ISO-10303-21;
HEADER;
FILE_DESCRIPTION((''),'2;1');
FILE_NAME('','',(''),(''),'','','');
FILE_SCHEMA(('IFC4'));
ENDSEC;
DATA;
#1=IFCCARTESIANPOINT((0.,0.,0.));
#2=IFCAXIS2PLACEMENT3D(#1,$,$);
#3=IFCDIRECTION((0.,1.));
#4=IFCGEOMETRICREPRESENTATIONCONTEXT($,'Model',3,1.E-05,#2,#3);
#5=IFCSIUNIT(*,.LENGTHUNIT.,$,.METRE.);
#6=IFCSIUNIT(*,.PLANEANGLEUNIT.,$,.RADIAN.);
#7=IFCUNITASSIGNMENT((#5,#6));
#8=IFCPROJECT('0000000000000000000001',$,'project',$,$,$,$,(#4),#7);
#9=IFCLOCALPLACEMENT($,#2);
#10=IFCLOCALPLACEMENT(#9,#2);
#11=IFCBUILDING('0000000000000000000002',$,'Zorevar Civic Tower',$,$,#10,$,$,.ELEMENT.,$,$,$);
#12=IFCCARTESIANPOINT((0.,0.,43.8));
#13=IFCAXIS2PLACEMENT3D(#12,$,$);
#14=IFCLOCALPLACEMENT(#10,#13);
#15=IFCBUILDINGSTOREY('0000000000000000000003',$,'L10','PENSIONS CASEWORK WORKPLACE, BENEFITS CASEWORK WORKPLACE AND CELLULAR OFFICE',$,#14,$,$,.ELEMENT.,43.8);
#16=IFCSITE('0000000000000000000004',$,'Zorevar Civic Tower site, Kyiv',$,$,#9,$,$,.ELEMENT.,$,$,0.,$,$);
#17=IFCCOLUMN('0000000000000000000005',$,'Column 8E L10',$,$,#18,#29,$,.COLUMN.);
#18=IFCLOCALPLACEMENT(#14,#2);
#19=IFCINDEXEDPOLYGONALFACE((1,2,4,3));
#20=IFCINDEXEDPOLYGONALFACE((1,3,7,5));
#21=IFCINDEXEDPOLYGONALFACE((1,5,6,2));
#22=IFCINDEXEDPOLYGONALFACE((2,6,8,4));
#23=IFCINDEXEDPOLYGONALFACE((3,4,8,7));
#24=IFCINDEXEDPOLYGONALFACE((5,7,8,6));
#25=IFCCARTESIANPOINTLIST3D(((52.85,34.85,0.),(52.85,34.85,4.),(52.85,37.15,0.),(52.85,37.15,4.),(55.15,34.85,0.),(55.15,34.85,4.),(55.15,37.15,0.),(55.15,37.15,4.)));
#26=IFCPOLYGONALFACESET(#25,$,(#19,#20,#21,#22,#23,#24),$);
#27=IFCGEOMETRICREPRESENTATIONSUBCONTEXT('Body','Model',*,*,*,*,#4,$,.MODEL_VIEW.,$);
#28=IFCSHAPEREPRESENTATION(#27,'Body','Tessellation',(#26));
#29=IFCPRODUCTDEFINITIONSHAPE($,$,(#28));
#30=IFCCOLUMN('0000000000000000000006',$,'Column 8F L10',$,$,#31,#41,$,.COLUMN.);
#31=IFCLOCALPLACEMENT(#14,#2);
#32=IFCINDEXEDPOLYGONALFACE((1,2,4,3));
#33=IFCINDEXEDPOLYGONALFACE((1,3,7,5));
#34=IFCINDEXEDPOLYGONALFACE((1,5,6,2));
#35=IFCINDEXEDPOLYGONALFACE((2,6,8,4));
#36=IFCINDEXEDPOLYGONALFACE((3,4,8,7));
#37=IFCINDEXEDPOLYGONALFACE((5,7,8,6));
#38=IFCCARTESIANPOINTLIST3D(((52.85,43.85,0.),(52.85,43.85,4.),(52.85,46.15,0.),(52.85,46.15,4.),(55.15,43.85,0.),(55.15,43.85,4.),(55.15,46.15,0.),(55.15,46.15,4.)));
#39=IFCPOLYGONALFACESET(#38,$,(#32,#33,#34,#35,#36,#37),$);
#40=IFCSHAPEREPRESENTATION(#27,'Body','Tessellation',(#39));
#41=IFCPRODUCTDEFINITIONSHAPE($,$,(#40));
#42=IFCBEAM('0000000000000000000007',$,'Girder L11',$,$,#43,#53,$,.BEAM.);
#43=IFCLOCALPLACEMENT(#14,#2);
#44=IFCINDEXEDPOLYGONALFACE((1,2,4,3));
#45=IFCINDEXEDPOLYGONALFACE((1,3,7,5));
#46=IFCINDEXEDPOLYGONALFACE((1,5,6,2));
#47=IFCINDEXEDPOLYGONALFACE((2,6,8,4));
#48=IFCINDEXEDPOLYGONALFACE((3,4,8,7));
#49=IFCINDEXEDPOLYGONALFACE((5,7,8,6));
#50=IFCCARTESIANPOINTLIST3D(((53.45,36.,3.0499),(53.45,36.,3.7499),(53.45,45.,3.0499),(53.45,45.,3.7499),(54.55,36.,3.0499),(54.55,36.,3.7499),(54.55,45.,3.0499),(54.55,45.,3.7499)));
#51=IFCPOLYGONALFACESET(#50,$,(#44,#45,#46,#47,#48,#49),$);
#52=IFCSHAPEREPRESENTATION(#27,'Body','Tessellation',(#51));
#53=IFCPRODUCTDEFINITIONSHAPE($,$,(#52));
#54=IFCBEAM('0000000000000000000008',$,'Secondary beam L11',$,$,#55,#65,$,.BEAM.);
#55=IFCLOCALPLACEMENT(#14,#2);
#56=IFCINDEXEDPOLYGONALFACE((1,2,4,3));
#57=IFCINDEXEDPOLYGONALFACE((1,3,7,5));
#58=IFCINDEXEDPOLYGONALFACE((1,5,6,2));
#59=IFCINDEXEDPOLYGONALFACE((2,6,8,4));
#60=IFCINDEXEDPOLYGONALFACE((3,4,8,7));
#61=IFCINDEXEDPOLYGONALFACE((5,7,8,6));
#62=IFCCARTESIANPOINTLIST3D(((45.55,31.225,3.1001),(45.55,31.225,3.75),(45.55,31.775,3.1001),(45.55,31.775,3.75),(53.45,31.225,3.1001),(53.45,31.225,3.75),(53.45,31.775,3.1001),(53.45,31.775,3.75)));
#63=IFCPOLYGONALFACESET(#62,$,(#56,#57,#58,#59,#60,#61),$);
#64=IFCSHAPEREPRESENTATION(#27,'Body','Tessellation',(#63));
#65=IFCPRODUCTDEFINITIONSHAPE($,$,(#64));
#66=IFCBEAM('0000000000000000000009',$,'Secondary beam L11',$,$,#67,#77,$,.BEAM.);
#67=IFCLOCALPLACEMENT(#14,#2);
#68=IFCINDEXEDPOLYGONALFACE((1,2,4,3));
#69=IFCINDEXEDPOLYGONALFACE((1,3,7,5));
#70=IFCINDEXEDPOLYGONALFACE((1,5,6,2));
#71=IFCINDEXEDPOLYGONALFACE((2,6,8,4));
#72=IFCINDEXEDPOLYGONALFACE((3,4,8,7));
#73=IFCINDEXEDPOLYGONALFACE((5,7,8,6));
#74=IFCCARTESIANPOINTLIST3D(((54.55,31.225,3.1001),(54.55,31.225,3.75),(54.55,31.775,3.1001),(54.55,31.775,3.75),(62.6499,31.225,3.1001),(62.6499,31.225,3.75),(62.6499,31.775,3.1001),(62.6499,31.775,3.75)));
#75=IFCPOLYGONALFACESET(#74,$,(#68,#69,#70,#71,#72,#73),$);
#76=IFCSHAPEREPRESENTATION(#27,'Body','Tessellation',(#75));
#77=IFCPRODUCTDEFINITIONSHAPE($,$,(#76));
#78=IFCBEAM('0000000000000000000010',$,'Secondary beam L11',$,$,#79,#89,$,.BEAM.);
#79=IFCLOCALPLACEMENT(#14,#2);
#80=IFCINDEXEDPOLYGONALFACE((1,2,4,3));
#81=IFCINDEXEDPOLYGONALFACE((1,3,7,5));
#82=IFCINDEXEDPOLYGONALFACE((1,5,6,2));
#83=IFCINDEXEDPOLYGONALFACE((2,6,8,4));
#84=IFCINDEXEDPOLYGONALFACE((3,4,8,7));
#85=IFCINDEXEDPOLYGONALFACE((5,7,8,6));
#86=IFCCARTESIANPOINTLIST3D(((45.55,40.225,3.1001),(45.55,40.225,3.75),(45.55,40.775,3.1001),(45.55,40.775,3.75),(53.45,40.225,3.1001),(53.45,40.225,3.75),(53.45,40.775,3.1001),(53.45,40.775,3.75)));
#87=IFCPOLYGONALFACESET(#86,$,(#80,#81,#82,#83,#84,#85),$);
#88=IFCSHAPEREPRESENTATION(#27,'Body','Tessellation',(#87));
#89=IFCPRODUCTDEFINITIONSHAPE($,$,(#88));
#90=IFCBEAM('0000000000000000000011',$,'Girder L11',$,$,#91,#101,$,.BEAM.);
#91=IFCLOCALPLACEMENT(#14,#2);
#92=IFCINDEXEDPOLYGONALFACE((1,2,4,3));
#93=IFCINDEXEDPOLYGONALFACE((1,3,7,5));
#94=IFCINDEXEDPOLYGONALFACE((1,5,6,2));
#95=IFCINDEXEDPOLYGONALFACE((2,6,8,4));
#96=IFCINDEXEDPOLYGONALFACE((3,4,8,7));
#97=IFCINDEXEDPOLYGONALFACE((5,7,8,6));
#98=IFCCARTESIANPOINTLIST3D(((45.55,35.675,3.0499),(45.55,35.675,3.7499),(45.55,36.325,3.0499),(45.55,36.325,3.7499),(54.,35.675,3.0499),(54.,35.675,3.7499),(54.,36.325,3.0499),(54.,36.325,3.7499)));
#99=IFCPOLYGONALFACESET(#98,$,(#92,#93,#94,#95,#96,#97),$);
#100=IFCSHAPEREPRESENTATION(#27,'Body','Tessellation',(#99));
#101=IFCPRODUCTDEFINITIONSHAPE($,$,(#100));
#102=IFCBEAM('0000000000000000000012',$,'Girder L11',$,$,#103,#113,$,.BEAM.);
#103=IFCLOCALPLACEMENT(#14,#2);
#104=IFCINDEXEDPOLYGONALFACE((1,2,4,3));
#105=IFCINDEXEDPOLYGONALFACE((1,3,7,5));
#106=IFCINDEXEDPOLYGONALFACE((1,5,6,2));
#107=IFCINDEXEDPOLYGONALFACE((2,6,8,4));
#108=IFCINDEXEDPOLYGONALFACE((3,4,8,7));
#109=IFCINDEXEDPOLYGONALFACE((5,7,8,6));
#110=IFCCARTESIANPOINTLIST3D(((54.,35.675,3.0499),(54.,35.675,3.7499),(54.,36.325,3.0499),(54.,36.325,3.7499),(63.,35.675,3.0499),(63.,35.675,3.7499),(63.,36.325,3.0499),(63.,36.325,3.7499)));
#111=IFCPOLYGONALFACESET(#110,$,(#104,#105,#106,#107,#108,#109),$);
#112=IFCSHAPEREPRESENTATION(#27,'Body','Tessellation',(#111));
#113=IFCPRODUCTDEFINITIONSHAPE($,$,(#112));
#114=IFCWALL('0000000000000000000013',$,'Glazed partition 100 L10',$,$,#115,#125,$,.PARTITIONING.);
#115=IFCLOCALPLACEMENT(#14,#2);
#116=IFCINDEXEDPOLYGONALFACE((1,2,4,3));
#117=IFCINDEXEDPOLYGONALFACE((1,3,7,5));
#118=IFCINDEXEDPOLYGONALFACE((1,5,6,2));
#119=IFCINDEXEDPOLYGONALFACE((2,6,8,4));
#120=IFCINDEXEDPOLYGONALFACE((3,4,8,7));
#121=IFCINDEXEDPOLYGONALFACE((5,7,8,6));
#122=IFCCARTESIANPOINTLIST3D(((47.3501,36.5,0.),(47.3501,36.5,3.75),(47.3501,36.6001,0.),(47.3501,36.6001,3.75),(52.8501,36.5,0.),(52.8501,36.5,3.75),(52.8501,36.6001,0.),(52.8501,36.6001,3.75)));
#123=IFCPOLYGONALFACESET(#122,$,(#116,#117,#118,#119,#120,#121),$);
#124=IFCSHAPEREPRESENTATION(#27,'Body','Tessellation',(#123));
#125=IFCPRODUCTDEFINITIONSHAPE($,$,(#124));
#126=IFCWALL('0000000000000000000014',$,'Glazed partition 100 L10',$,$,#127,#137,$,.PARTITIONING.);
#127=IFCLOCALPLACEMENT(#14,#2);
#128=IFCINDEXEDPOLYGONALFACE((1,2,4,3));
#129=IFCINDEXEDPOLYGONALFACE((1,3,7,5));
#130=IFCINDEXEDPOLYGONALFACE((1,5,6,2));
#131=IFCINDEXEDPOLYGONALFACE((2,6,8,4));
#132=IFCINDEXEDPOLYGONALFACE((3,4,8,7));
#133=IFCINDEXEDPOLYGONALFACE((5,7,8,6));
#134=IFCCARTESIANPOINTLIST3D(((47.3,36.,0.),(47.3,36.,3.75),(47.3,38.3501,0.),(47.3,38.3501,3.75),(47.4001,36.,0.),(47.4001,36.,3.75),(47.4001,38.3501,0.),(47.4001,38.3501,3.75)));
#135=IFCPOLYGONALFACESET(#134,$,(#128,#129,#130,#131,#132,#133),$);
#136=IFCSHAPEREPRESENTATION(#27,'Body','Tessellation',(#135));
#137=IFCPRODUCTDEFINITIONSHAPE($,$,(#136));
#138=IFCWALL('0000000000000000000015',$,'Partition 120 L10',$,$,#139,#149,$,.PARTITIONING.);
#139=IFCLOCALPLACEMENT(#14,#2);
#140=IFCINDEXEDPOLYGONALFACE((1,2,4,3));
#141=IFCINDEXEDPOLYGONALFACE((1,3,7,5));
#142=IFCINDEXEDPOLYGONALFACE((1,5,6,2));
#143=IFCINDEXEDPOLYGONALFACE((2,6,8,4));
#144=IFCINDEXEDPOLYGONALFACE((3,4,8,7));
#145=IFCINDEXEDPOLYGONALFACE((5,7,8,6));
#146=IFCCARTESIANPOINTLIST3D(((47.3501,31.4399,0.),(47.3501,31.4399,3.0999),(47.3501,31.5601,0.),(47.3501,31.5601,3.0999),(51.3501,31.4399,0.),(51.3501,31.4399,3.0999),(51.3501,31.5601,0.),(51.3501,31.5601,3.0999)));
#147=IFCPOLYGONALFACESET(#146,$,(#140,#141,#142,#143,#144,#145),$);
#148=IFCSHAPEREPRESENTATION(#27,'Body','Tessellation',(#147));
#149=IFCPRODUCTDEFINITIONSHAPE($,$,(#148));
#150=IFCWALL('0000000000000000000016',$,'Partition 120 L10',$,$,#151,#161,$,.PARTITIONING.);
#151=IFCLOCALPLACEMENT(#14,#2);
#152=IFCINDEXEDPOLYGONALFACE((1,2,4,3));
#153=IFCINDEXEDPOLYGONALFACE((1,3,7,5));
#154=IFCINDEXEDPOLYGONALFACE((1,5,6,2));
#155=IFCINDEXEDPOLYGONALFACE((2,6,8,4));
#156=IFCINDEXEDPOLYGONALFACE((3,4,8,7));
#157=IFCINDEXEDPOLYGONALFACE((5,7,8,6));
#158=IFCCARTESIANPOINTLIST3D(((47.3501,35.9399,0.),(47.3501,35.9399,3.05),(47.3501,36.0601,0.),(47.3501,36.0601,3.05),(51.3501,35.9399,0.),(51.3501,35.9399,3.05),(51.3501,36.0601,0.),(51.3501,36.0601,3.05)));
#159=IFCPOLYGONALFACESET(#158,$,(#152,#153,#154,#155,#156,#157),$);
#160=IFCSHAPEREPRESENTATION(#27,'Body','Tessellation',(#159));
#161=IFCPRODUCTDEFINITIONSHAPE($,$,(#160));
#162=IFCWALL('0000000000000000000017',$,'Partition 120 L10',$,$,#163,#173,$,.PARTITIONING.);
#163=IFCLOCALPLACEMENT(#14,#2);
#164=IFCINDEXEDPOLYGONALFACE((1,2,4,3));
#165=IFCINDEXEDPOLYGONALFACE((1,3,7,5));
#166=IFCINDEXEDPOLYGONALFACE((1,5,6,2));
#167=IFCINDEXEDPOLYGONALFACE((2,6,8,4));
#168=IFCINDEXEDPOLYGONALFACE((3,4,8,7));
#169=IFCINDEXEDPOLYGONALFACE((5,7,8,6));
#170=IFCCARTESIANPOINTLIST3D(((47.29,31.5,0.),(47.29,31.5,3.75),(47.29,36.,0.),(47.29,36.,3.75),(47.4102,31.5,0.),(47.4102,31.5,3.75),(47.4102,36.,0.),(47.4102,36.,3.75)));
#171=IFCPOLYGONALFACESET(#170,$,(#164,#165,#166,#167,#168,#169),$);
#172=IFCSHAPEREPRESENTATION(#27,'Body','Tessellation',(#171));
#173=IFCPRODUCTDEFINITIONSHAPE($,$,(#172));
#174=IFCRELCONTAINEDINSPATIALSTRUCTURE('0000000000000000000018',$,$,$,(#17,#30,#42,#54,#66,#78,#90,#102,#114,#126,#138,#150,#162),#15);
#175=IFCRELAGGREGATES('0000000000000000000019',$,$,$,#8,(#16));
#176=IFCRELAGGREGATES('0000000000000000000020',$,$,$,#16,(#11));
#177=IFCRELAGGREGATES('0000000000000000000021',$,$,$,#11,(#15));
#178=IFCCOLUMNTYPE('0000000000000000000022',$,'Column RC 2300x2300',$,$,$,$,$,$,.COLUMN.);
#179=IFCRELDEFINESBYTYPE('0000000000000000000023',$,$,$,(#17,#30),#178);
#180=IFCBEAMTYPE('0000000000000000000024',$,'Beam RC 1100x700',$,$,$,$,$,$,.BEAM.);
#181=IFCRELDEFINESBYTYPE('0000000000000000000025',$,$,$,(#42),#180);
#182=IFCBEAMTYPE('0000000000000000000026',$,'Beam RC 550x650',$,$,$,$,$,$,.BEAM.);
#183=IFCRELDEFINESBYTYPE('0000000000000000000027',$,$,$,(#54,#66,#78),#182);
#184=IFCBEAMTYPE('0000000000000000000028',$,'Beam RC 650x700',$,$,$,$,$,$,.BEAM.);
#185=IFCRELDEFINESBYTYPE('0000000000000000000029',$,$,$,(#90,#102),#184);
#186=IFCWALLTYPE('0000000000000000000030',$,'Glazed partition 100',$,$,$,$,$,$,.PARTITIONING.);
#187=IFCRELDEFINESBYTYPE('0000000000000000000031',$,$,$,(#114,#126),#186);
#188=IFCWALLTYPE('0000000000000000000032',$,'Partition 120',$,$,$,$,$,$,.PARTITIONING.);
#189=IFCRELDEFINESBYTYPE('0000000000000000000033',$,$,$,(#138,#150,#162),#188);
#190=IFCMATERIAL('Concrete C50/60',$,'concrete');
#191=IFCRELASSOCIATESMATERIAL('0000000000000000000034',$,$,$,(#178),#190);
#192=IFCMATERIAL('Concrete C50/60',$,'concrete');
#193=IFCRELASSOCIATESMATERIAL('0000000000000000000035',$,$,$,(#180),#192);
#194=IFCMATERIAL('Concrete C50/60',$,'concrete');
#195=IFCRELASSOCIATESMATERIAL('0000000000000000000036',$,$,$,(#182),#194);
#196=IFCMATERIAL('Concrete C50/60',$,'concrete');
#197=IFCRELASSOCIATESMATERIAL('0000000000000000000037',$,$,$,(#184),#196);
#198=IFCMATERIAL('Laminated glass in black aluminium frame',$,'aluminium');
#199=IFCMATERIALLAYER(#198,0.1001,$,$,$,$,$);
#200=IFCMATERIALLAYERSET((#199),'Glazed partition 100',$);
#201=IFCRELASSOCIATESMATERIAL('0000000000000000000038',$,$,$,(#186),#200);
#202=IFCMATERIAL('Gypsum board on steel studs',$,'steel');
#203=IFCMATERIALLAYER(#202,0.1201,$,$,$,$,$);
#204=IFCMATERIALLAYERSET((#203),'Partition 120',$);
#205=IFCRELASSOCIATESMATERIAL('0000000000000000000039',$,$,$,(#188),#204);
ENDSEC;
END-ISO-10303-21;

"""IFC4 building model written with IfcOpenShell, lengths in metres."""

from ifc_helpers import new_model, si_unit, direction, frame, frame_2d, origin, origin_2d, place, context, subcontext, project, spatial, rectangle, extrude, material, layer, layer_set, material_profile, profile_set, type_object, element, save


model = new_model("IFC4")

# Units and contexts
model_context = context("Model", 3, precision=1e-05, world=origin(), true_north=direction((0.0, 1.0)))
body_context = subcontext(model_context, "Body", "Model", "MODEL_VIEW")
ifc_project = project(units=[si_unit("LENGTHUNIT", "METRE"), si_unit("PLANEANGLEUNIT", "RADIAN")], contexts=[model_context])

# Site, building, storey
site_placement = place(None, origin())
site = spatial("IfcSite", under=ifc_project, at=site_placement, Name="Zorevar Civic Tower site, Kyiv", CompositionType="ELEMENT", RefElevation=0.0)
building_placement = place(site_placement, origin())
building = spatial("IfcBuilding", under=site, at=building_placement, Name="Zorevar Civic Tower", CompositionType="ELEMENT")
storey_placement = place(building_placement, frame((0.0, 0.0, 43.8)))
storey = spatial("IfcBuildingStorey", under=building, at=storey_placement, Name="L10", Description="PENSIONS CASEWORK WORKPLACE, BENEFITS CASEWORK WORKPLACE AND CELLULAR OFFICE", CompositionType="ELEMENT", Elevation=43.8)

# Columns
ifc_material_1 = material(Name="Concrete C50/60", Category="concrete")
ifc_material_profile_1 = material_profile(ifc_material_1, rectangle(XDim=2.3, YDim=2.3, at=origin_2d()), Name="RC 2300x2300")
ifc_profile_set_1 = profile_set([ifc_material_profile_1], Name="Concrete C50/60")
column_type = type_object("IfcColumnType", Name="Column RC 2300x2300", PredefinedType="COLUMN", material=ifc_profile_set_1)
for number, where, z_axis, x_axis, name in (
    (1, (54.0, 36.0, 0.0), (0.0, 0.0, 1.0), (1.0, 0.0, 0.0), "Column 8E L10"),
    (2, (54.0, 45.0, 0.0), (0.0, 0.0, 1.0), (1.0, 0.0, 0.0), "Column 8F L10"),
):
    element("IfcColumn", number, at=place(storey_placement, frame(where, z_axis=z_axis, x_axis=x_axis)), inside=storey, type_object=column_type, Name=name, PredefinedType="COLUMN", context=body_context, shape_type="SweptSolid", body=[
        extrude(rectangle(XDim=2.3, YDim=2.3, at=origin_2d()), origin(), (0.0, 0.0, 1.0), 4.0),
    ])

# Beams
ifc_material_2 = material(Name="Concrete C50/60", Category="concrete")
ifc_material_profile_2 = material_profile(ifc_material_2, rectangle(XDim=1.1001, YDim=0.7, at=origin_2d()), Name="RC 1100x700")
ifc_profile_set_2 = profile_set([ifc_material_profile_2], Name="Concrete C50/60")
beam_type_1 = type_object("IfcBeamType", Name="Beam RC 1100x700", PredefinedType="BEAM", material=ifc_profile_set_2)
beam_1_placement = place(storey_placement, frame((54.0, 36.0, 3.3999), z_axis=(0.0, 1.0, 0.0), x_axis=(-1.0, 0.0, 0.0)))
element("IfcBeam", 3, at=beam_1_placement, inside=storey, type_object=beam_type_1, Name="Girder L11", PredefinedType="BEAM", context=body_context, shape_type="SweptSolid", body=[
    extrude(rectangle(XDim=1.1001, YDim=0.7, at=origin_2d()), origin(), (0.0, 0.0, 1.0), 9.0),
])
ifc_material_3 = material(Name="Concrete C50/60", Category="concrete")
ifc_material_profile_3 = material_profile(ifc_material_3, rectangle(XDim=0.55, YDim=0.6499, at=origin_2d()), Name="RC 550x650")
ifc_profile_set_3 = profile_set([ifc_material_profile_3], Name="Concrete C50/60")
beam_type_2 = type_object("IfcBeamType", Name="Beam RC 550x650", PredefinedType="BEAM", material=ifc_profile_set_3)
beam_2_placement = place(storey_placement, frame((45.55, 31.5, 3.425), z_axis=(1.0, 0.0, 0.0), x_axis=(0.0, 1.0, 0.0)))
element("IfcBeam", 4, at=beam_2_placement, inside=storey, type_object=beam_type_2, Name="Secondary beam L11", PredefinedType="BEAM", context=body_context, shape_type="SweptSolid", body=[
    extrude(rectangle(XDim=0.55, YDim=0.6499, at=origin_2d()), origin(), (0.0, 0.0, 1.0), 7.8999),
])
beam_3_placement = place(storey_placement, frame((54.55, 31.5, 3.425), z_axis=(1.0, 0.0, 0.0), x_axis=(0.0, 1.0, 0.0)))
element("IfcBeam", 5, at=beam_3_placement, inside=storey, type_object=beam_type_2, Name="Secondary beam L11", PredefinedType="BEAM", context=body_context, shape_type="SweptSolid", body=[
    extrude(rectangle(XDim=0.55, YDim=0.6499, at=origin_2d()), origin(), (0.0, 0.0, 1.0), 8.0999),
])
beam_4_placement = place(storey_placement, frame((45.55, 40.5, 3.425), z_axis=(1.0, 0.0, 0.0), x_axis=(0.0, 1.0, 0.0)))
element("IfcBeam", 6, at=beam_4_placement, inside=storey, type_object=beam_type_2, Name="Secondary beam L11", PredefinedType="BEAM", context=body_context, shape_type="SweptSolid", body=[
    extrude(rectangle(XDim=0.55, YDim=0.6499, at=origin_2d()), origin(), (0.0, 0.0, 1.0), 7.8999),
])
ifc_material_4 = material(Name="Concrete C50/60", Category="concrete")
ifc_material_profile_4 = material_profile(ifc_material_4, rectangle(XDim=0.6499, YDim=0.7, at=origin_2d()), Name="RC 650x700")
ifc_profile_set_4 = profile_set([ifc_material_profile_4], Name="Concrete C50/60")
beam_type_3 = type_object("IfcBeamType", Name="Beam RC 650x700", PredefinedType="BEAM", material=ifc_profile_set_4)
beam_5_placement = place(storey_placement, frame((45.55, 36.0, 3.3999), z_axis=(1.0, 0.0, 0.0), x_axis=(0.0, 1.0, 0.0)))
element("IfcBeam", 7, at=beam_5_placement, inside=storey, type_object=beam_type_3, Name="Girder L11", PredefinedType="BEAM", context=body_context, shape_type="SweptSolid", body=[
    extrude(rectangle(XDim=0.6499, YDim=0.7, at=origin_2d()), origin(), (0.0, 0.0, 1.0), 8.45),
])
beam_6_placement = place(storey_placement, frame((54.0, 36.0, 3.3999), z_axis=(1.0, 0.0, 0.0), x_axis=(0.0, 1.0, 0.0)))
element("IfcBeam", 8, at=beam_6_placement, inside=storey, type_object=beam_type_3, Name="Girder L11", PredefinedType="BEAM", context=body_context, shape_type="SweptSolid", body=[
    extrude(rectangle(XDim=0.6499, YDim=0.7, at=origin_2d()), origin(), (0.0, 0.0, 1.0), 9.0),
])

# Walls
ifc_material_5 = material(Name="Laminated glass in black aluminium frame", Category="aluminium")
ifc_layer_1 = layer(ifc_material_5, 0.1001)
ifc_layer_set_1 = layer_set([ifc_layer_1], Name="Glazed partition 100")
wall_type_1 = type_object("IfcWallType", Name="Glazed partition 100", PredefinedType="PARTITIONING", material=ifc_layer_set_1)
wall_1_placement = place(storey_placement, frame((47.3501, 36.55, 0.0), z_axis=(0.0, 0.0, 1.0), x_axis=(1.0, 0.0, 0.0)))
element("IfcWall", 9, at=wall_1_placement, inside=storey, type_object=wall_type_1, Name="Glazed partition 100 L10", PredefinedType="PARTITIONING", context=body_context, shape_type="SweptSolid", body=[
    extrude(rectangle(XDim=5.5, YDim=0.1001, at=frame_2d((2.75, 0.0))), origin(), (0.0, 0.0, 1.0), 3.75),
])
wall_2_placement = place(storey_placement, frame((47.3501, 36.0, 0.0), z_axis=(0.0, 0.0, 1.0), x_axis=(0.0, 1.0, 0.0)))
element("IfcWall", 10, at=wall_2_placement, inside=storey, type_object=wall_type_1, Name="Glazed partition 100 L10", PredefinedType="PARTITIONING", context=body_context, shape_type="SweptSolid", body=[
    extrude(rectangle(XDim=2.3501, YDim=0.1001, at=frame_2d((1.175, 0.0))), origin(), (0.0, 0.0, 1.0), 3.75),
])
ifc_material_6 = material(Name="Gypsum board on steel studs", Category="steel")
ifc_layer_2 = layer(ifc_material_6, 0.1201)
ifc_layer_set_2 = layer_set([ifc_layer_2], Name="Partition 120")
wall_type_2 = type_object("IfcWallType", Name="Partition 120", PredefinedType="PARTITIONING", material=ifc_layer_set_2)
wall_3_placement = place(storey_placement, frame((47.3501, 31.5, 0.0), z_axis=(0.0, 0.0, 1.0), x_axis=(1.0, 0.0, 0.0)))
element("IfcWall", 11, at=wall_3_placement, inside=storey, type_object=wall_type_2, Name="Partition 120 L10", PredefinedType="PARTITIONING", context=body_context, shape_type="SweptSolid", body=[
    extrude(rectangle(XDim=4.0, YDim=0.1201, at=frame_2d((2.0, 0.0))), origin(), (0.0, 0.0, 1.0), 3.0999),
])
wall_4_placement = place(storey_placement, frame((47.3501, 36.0, 0.0), z_axis=(0.0, 0.0, 1.0), x_axis=(1.0, 0.0, 0.0)))
element("IfcWall", 12, at=wall_4_placement, inside=storey, type_object=wall_type_2, Name="Partition 120 L10", PredefinedType="PARTITIONING", context=body_context, shape_type="SweptSolid", body=[
    extrude(rectangle(XDim=4.0, YDim=0.1201, at=frame_2d((2.0, 0.0))), origin(), (0.0, 0.0, 1.0), 3.05),
])
wall_5_placement = place(storey_placement, frame((47.3501, 31.5, 0.0), z_axis=(0.0, 0.0, 1.0), x_axis=(0.0, 1.0, 0.0)))
element("IfcWall", 13, at=wall_5_placement, inside=storey, type_object=wall_type_2, Name="Partition 120 L10", PredefinedType="PARTITIONING", context=body_context, shape_type="SweptSolid", body=[
    extrude(rectangle(XDim=4.5, YDim=0.1201, at=frame_2d((2.25, 0.0))), origin(), (0.0, 0.0, 1.0), 3.75),
])

save(model, "model.ifc")
